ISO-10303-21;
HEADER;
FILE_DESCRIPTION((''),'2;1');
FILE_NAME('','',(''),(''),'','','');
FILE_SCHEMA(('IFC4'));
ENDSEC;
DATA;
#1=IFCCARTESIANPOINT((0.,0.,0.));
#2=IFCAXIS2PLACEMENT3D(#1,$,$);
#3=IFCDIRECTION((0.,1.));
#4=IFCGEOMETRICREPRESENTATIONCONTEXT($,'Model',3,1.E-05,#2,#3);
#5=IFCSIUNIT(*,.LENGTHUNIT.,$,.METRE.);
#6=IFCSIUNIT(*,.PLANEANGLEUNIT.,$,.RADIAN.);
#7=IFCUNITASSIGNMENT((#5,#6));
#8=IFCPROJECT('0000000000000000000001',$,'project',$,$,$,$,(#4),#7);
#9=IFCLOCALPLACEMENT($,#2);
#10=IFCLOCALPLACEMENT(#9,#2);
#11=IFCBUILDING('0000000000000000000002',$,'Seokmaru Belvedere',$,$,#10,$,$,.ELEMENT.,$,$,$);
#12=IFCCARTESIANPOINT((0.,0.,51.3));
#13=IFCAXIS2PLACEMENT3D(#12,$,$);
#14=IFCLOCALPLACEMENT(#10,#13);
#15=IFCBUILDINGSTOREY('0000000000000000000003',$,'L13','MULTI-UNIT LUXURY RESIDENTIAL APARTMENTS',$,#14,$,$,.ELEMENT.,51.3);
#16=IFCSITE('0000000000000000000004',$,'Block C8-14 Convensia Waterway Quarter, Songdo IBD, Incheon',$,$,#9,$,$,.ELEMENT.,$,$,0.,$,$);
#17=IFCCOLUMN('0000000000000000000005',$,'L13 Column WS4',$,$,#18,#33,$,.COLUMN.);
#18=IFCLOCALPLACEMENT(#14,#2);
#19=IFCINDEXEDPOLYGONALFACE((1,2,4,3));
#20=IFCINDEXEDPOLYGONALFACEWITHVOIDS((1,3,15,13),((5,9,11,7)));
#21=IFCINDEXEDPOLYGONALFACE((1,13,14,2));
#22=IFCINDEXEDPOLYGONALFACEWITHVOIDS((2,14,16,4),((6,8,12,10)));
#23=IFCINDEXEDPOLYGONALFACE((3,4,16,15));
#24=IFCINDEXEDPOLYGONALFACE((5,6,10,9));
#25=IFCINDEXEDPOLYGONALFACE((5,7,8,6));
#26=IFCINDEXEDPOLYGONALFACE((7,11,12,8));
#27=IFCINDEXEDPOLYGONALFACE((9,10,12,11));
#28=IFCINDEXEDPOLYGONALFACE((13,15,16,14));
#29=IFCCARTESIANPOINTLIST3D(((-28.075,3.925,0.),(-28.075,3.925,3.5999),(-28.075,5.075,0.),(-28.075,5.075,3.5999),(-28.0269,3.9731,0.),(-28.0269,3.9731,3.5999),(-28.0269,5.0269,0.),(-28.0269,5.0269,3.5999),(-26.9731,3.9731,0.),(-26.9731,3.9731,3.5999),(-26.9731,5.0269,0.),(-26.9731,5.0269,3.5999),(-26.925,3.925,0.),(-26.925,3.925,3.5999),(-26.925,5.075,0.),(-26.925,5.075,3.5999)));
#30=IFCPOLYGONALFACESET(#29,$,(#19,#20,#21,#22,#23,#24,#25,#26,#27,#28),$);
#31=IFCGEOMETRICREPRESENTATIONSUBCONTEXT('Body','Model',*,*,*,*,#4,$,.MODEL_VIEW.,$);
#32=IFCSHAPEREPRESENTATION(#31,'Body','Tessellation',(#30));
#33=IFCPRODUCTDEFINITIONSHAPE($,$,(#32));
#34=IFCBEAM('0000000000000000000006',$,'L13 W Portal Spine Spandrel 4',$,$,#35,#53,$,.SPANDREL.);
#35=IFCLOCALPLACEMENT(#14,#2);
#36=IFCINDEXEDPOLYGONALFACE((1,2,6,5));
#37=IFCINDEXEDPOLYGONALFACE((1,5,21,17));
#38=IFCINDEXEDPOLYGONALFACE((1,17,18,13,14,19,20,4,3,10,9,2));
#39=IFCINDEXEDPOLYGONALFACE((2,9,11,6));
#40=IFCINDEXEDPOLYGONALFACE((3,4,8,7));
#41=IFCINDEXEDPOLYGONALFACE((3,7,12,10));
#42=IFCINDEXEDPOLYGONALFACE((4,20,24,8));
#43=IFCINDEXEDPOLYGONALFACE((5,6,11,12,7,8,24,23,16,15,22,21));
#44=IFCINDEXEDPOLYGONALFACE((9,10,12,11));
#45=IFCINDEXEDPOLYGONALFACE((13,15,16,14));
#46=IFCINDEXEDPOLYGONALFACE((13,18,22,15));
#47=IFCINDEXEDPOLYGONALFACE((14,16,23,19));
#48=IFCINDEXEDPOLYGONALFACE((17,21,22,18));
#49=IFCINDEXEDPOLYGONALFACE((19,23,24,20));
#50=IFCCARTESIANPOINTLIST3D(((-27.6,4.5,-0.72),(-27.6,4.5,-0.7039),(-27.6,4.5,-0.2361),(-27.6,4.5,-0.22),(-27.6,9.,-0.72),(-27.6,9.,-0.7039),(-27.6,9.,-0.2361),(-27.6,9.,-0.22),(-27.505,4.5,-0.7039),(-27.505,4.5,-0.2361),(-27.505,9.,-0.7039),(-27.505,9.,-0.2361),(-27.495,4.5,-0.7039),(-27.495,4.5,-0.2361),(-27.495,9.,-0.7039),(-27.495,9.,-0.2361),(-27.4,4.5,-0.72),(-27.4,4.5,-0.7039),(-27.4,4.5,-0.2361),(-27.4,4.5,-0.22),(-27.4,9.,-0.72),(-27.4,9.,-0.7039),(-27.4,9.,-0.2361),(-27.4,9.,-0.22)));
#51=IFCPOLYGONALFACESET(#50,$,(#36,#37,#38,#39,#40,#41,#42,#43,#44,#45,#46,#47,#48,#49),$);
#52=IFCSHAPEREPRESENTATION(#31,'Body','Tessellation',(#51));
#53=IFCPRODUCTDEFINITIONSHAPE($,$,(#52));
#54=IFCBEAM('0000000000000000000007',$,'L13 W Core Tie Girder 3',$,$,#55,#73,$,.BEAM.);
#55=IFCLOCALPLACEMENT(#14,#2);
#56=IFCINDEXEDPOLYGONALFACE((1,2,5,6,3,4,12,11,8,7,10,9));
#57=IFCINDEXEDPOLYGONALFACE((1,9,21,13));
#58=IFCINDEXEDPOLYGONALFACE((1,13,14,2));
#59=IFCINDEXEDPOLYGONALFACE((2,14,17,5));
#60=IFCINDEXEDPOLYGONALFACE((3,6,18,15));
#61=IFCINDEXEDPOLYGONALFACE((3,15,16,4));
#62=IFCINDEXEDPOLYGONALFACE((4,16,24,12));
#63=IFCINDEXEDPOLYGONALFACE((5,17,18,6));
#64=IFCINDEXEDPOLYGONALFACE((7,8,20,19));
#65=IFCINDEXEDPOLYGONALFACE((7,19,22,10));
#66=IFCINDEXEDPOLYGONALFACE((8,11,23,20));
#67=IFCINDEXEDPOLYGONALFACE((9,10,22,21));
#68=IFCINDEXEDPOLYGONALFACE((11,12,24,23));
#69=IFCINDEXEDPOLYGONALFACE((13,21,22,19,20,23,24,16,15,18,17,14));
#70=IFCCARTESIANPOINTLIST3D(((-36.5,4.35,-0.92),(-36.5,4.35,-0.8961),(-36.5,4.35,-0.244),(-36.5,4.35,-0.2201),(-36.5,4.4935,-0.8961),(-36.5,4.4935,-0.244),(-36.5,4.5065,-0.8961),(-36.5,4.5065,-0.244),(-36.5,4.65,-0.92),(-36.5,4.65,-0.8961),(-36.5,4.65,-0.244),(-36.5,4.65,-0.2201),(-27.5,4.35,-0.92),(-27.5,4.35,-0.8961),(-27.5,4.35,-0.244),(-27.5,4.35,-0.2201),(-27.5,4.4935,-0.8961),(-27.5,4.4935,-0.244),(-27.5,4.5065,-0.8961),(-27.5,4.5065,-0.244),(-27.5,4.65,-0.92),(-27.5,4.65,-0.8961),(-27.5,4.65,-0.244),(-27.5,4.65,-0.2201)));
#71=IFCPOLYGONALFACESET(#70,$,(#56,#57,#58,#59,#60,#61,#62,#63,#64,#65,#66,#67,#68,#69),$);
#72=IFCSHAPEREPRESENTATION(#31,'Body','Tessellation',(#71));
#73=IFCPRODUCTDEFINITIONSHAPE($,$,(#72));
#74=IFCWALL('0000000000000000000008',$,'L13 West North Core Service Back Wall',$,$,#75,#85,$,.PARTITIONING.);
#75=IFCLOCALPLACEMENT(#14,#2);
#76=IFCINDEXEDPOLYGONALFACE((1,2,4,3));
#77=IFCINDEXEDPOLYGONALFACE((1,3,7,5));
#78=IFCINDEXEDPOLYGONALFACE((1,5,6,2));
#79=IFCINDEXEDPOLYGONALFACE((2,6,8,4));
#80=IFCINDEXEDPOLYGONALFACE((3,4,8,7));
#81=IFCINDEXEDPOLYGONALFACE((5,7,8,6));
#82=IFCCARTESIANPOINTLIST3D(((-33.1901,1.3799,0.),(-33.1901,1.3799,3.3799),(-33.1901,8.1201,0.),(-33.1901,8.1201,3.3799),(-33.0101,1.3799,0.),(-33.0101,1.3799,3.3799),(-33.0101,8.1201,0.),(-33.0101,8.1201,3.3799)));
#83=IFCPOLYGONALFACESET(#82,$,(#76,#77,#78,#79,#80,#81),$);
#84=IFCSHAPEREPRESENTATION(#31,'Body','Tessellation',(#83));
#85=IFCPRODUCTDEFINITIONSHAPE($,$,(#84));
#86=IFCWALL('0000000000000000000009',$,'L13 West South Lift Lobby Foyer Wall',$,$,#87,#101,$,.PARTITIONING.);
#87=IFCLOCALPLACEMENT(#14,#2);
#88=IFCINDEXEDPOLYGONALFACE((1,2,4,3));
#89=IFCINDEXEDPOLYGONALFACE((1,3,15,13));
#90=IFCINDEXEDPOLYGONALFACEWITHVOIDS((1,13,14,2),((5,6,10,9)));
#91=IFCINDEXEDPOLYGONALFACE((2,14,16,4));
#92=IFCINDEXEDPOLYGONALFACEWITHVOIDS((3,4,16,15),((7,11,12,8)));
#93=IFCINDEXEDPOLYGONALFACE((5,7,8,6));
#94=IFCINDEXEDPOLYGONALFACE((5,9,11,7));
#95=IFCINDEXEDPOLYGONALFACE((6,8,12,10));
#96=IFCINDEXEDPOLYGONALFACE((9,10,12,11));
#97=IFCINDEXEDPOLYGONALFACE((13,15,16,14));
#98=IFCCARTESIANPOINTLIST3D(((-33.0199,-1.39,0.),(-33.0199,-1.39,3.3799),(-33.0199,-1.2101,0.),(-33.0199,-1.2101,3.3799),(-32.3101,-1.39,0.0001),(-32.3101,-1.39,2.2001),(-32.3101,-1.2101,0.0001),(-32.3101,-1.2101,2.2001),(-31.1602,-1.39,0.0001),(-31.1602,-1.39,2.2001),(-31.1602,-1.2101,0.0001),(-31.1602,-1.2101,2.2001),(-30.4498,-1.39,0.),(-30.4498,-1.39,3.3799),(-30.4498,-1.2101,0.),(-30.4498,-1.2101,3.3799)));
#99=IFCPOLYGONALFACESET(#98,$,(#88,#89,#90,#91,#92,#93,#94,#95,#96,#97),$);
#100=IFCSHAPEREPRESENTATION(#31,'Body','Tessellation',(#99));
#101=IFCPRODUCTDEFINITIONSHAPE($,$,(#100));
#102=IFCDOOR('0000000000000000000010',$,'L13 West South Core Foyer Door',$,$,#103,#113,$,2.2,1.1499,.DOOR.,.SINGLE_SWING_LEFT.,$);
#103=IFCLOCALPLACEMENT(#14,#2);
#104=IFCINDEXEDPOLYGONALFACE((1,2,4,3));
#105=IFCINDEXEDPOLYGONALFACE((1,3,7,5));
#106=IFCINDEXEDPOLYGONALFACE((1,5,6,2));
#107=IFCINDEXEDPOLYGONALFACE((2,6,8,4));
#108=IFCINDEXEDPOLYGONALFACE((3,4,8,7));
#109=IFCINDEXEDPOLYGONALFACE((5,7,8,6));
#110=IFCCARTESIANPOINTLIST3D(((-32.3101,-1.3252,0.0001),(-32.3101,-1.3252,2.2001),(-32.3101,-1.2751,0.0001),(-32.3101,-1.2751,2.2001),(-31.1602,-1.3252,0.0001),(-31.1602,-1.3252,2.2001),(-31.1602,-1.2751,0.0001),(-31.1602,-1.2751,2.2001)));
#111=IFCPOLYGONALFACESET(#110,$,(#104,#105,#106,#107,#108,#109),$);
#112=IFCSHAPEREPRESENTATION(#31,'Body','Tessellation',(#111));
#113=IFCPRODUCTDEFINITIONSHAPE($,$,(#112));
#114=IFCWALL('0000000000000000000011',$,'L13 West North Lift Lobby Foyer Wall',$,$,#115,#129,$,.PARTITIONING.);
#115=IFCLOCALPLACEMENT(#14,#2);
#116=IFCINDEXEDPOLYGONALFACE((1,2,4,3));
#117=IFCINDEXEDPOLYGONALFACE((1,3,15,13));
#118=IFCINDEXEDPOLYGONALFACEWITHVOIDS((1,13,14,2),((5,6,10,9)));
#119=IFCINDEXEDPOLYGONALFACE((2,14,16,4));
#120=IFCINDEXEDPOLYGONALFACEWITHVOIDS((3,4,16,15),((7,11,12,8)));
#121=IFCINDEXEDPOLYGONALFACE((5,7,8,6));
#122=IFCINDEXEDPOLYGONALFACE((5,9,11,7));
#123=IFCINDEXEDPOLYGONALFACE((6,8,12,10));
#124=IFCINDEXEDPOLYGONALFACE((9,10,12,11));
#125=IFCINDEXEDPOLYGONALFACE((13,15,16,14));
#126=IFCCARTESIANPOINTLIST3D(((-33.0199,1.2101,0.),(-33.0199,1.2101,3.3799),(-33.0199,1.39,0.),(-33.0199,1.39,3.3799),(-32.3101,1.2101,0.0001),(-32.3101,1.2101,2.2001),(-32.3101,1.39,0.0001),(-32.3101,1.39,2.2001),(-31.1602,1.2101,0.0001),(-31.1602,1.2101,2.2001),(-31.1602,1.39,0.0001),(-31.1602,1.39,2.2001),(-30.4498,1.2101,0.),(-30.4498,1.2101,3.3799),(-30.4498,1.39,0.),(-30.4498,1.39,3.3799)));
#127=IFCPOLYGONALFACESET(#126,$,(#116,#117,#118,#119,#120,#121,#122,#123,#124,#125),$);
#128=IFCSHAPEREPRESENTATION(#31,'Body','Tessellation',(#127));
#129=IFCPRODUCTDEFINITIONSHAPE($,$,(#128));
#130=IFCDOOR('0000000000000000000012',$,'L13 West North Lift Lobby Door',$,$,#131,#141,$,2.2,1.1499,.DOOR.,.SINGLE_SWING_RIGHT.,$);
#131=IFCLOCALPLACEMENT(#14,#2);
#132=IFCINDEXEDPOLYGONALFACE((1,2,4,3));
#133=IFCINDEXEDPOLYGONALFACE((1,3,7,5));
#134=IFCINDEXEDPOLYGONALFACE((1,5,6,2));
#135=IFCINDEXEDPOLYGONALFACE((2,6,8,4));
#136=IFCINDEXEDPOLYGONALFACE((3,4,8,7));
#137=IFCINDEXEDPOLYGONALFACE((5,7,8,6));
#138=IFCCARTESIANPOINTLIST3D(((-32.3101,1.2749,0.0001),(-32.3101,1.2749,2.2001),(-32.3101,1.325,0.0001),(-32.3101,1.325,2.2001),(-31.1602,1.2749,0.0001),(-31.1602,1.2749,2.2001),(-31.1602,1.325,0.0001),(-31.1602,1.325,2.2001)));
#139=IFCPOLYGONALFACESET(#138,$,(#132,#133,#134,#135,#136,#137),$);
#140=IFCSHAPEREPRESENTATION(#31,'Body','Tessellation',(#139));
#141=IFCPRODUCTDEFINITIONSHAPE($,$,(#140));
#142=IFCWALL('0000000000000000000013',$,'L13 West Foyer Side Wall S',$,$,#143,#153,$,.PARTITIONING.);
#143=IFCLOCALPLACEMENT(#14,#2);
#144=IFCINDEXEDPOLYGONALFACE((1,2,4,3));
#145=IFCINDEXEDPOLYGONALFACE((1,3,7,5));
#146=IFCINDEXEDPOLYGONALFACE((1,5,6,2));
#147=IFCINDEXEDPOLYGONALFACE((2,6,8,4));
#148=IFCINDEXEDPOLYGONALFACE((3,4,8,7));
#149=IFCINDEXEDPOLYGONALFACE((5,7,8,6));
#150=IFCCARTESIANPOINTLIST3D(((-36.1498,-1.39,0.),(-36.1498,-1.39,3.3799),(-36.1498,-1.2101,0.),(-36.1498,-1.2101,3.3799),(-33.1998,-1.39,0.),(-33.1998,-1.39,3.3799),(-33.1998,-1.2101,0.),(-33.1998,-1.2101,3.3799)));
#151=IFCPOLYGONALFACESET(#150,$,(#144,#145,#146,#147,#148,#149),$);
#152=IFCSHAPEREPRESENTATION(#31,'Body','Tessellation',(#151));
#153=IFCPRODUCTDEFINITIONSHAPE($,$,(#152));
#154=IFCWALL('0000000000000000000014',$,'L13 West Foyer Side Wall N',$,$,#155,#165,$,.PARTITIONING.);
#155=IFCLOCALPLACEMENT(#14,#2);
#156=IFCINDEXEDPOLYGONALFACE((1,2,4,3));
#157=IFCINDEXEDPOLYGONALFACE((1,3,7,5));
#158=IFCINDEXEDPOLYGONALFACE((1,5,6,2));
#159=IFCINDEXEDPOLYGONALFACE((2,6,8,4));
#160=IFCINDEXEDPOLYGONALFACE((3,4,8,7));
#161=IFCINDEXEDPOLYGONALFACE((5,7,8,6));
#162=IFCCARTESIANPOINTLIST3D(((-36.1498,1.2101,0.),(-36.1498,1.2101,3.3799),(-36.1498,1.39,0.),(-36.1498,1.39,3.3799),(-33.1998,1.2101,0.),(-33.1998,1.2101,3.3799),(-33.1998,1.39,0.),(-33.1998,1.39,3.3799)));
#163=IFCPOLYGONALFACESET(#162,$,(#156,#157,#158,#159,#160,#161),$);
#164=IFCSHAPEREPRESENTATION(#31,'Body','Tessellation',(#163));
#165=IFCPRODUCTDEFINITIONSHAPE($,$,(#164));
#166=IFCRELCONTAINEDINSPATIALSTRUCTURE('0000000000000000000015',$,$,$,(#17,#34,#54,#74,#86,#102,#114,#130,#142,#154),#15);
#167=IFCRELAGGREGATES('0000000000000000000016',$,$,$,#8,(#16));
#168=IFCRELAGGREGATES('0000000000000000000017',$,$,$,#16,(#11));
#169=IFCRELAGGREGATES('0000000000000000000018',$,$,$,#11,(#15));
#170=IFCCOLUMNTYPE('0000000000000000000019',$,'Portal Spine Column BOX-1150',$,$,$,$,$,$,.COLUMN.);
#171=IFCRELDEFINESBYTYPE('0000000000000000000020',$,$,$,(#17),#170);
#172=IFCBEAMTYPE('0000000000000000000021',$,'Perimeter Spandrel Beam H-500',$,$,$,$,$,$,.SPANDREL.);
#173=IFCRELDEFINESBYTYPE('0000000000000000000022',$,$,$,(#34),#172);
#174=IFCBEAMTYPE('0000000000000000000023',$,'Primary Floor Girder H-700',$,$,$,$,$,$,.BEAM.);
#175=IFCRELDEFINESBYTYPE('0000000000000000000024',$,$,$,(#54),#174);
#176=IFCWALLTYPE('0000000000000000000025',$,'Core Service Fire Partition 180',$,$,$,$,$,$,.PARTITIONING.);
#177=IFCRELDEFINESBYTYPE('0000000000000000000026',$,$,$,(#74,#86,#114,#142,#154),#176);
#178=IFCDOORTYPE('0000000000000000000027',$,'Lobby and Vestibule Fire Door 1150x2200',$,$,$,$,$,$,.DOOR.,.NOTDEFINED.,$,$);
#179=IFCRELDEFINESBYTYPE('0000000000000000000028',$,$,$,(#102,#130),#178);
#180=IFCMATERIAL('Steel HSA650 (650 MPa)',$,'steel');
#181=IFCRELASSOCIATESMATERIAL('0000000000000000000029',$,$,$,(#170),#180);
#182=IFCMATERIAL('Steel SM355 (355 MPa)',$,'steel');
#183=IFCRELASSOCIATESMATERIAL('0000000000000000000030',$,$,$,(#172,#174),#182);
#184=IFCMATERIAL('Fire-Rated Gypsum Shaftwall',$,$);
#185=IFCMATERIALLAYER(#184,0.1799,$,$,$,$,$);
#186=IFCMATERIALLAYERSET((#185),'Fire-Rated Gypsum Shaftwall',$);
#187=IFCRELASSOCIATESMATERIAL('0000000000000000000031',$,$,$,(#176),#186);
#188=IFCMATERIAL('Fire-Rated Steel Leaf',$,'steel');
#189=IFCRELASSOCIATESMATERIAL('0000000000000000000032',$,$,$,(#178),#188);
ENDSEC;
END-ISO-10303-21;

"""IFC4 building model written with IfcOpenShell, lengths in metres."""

from ifc_helpers import new_model, si_unit, direction, frame, frame_2d, origin, origin_2d, place, context, subcontext, project, spatial, rectangle, hollow_rectangle, i_section, extrude, source, transform, mapped, material, layer, layer_set, material_profile, profile_set, type_object, type_shapes, element, fill, save


model = new_model("IFC4")

# Units and contexts
model_context = context("Model", 3, precision=1e-05, world=origin(), true_north=direction((0.0, 1.0)))
body_context = subcontext(model_context, "Body", "Model", "MODEL_VIEW")
ifc_project = project(units=[si_unit("LENGTHUNIT", "METRE"), si_unit("PLANEANGLEUNIT", "RADIAN")], contexts=[model_context])

# Site, building, storey
site_placement = place(None, origin())
site = spatial("IfcSite", under=ifc_project, at=site_placement, Name="Block C8-14 Convensia Waterway Quarter, Songdo IBD, Incheon", CompositionType="ELEMENT", RefElevation=0.0)
building_placement = place(site_placement, origin())
building = spatial("IfcBuilding", under=site, at=building_placement, Name="Seokmaru Belvedere", CompositionType="ELEMENT")
storey_placement = place(building_placement, frame((0.0, 0.0, 51.3)))
storey = spatial("IfcBuildingStorey", under=building, at=storey_placement, Name="L13", Description="MULTI-UNIT LUXURY RESIDENTIAL APARTMENTS", CompositionType="ELEMENT", Elevation=51.3)

# Column
ifc_material_1 = material(Name="Steel HSA650 (650 MPa)", Category="steel")
ifc_material_profile_1 = material_profile(ifc_material_1, hollow_rectangle(XDim=1.1499, YDim=1.1499, WallThickness=0.0481, at=origin_2d()), Name="BOX-1150x1150x48")
ifc_profile_set_1 = profile_set([ifc_material_profile_1], Name="Steel HSA650 (650 MPa)")
column_type = type_object("IfcColumnType", Name="Portal Spine Column BOX-1150", PredefinedType="COLUMN", material=ifc_profile_set_1)
shared_shape_1 = source(origin(), body_context, "Body", "SweptSolid", [
    extrude(hollow_rectangle(XDim=1.1499, YDim=1.1499, WallThickness=0.0481, at=origin_2d()), origin(), (0.0, 0.0, 1.0), 3.5999),
])
type_shapes(column_type, [shared_shape_1])
column_placement = place(storey_placement, frame((-27.5, 4.5, 0.0), z_axis=(0.0, 0.0, 1.0), x_axis=(1.0, 0.0, 0.0)))
element("IfcColumn", 1, at=column_placement, inside=storey, type_object=column_type, Name="L13 Column WS4", PredefinedType="COLUMN", context=body_context, shape_type="MappedRepresentation", body=[
    mapped(shared_shape_1, transform((0.0, 0.0, 0.0), scale=1.0)),
])

# Beams
ifc_material_2 = material(Name="Steel SM355 (355 MPa)", Category="steel")
ifc_material_profile_2 = material_profile(ifc_material_2, i_section(OverallWidth=0.2, OverallDepth=0.5, WebThickness=0.01, FlangeThickness=0.0161, at=origin_2d()), Name="H-500x200x10x16")
ifc_profile_set_2 = profile_set([ifc_material_profile_2], Name="Steel SM355 (355 MPa)")
beam_type_1 = type_object("IfcBeamType", Name="Perimeter Spandrel Beam H-500", PredefinedType="SPANDREL", material=ifc_profile_set_2)
shared_shape_2 = source(origin(), body_context, "Body", "SweptSolid", [
    extrude(i_section(OverallWidth=0.2, OverallDepth=0.5, WebThickness=0.01, FlangeThickness=0.0161, at=origin_2d()), origin(), (0.0, 0.0, 1.0), 4.5),
])
type_shapes(beam_type_1, [shared_shape_2])
beam_1_placement = place(storey_placement, frame((-27.5, 4.5, -0.47), z_axis=(0.0, 1.0, 0.0), x_axis=(-1.0, 0.0, 0.0)))
element("IfcBeam", 2, at=beam_1_placement, inside=storey, type_object=beam_type_1, Name="L13 W Portal Spine Spandrel 4", PredefinedType="SPANDREL", context=body_context, shape_type="MappedRepresentation", body=[
    mapped(shared_shape_2, transform((0.0, 0.0, 0.0), scale=1.0)),
])
ifc_material_profile_3 = material_profile(ifc_material_2, i_section(OverallWidth=0.3, OverallDepth=0.7, WebThickness=0.0129, FlangeThickness=0.0239, at=origin_2d()), Name="H-700x300x13x24")
ifc_profile_set_3 = profile_set([ifc_material_profile_3], Name="Steel SM355 (355 MPa)")
beam_type_2 = type_object("IfcBeamType", Name="Primary Floor Girder H-700", PredefinedType="BEAM", material=ifc_profile_set_3)
shared_shape_3 = source(origin(), body_context, "Body", "SweptSolid", [
    extrude(i_section(OverallWidth=0.3, OverallDepth=0.7, WebThickness=0.0129, FlangeThickness=0.0239, at=origin_2d()), origin(), (0.0, 0.0, 1.0), 9.0),
])
type_shapes(beam_type_2, [shared_shape_3])
beam_2_placement = place(storey_placement, frame((-36.5, 4.5, -0.5701), z_axis=(1.0, 0.0, 0.0), x_axis=(0.0, 1.0, 0.0)))
element("IfcBeam", 3, at=beam_2_placement, inside=storey, type_object=beam_type_2, Name="L13 W Core Tie Girder 3", PredefinedType="BEAM", context=body_context, shape_type="MappedRepresentation", body=[
    mapped(shared_shape_3, transform((0.0, 0.0, 0.0), scale=1.0)),
])

# Wall
ifc_material_3 = material(Name="Fire-Rated Gypsum Shaftwall")
ifc_layer_1 = layer(ifc_material_3, 0.1799)
ifc_layer_set_1 = layer_set([ifc_layer_1], Name="Fire-Rated Gypsum Shaftwall")
wall_type_1 = type_object("IfcWallType", Name="Core Service Fire Partition 180", PredefinedType="PARTITIONING", material=ifc_layer_set_1)
wall_1_placement = place(storey_placement, frame((-33.1001, 1.3799, 0.0), z_axis=(0.0, 0.0, 1.0), x_axis=(0.0, 1.0, 0.0)))
element("IfcWall", 4, at=wall_1_placement, inside=storey, type_object=wall_type_1, Name="L13 West North Core Service Back Wall", PredefinedType="PARTITIONING", context=body_context, shape_type="SweptSolid", body=[
    extrude(rectangle(XDim=6.7402, YDim=0.1799, at=frame_2d((3.3701, 0.0))), origin(), (0.0, 0.0, 1.0), 3.3799),
])

# Walls, openings, doors
wall_2_placement = place(storey_placement, frame((-33.02, -1.3, 0.0), z_axis=(0.0, 0.0, 1.0), x_axis=(1.0, 0.0, 0.0)))
wall_2 = element("IfcWall", 5, at=wall_2_placement, inside=storey, type_object=wall_type_1, Name="L13 West South Lift Lobby Foyer Wall", PredefinedType="PARTITIONING", context=body_context, shape_type="SweptSolid", body=[
    extrude(rectangle(XDim=2.5701, YDim=0.1799, at=frame_2d((1.2852, 0.0))), origin(), (0.0, 0.0, 1.0), 3.3799),
])
opening_1_placement = place(wall_2_placement, frame((0.71, 0.0, 0.0)))
opening_1 = element("IfcOpeningElement", 6, at=opening_1_placement, cuts=wall_2, PredefinedType="OPENING", context=body_context, shape_type="SweptSolid", body=[
    extrude(rectangle(XDim=1.1499, YDim=2.2, at=frame_2d((0.575, 1.1001))), frame((0.0, 0.1001, 0.0), z_axis=(0.0, -1.0, 0.0), x_axis=(1.0, 0.0, 0.0)), (0.0, 0.0, 1.0), 0.2),
])
ifc_material_4 = material(Name="Fire-Rated Steel Leaf", Category="steel")
door_type_1 = type_object("IfcDoorType", Name="Lobby and Vestibule Fire Door 1150x2200", OperationType="NOTDEFINED", PredefinedType="DOOR", material=ifc_material_4)
shared_shape_4 = source(origin(), body_context, "Body", "SweptSolid", [
    extrude(rectangle(XDim=1.1499, YDim=2.2, at=frame_2d((0.575, 1.1001))), frame((0.0, 0.0249, 0.0), z_axis=(0.0, -1.0, 0.0), x_axis=(1.0, 0.0, 0.0)), (0.0, 0.0, 1.0), 0.05),
])
type_shapes(door_type_1, [shared_shape_4])
door_1_placement = place(opening_1_placement, origin())
door_1 = element("IfcDoor", 7, at=door_1_placement, inside=storey, type_object=door_type_1, Name="L13 West South Core Foyer Door", OperationType="SINGLE_SWING_LEFT", OverallHeight=2.2, OverallWidth=1.1499, PredefinedType="DOOR", context=body_context, shape_type="MappedRepresentation", body=[
    mapped(shared_shape_4, transform((0.0, 0.0, 0.0), scale=1.0)),
])
fill(opening_1, door_1)
wall_3_placement = place(storey_placement, frame((-33.02, 1.3, 0.0), z_axis=(0.0, 0.0, 1.0), x_axis=(1.0, 0.0, 0.0)))
wall_3 = element("IfcWall", 8, at=wall_3_placement, inside=storey, type_object=wall_type_1, Name="L13 West North Lift Lobby Foyer Wall", PredefinedType="PARTITIONING", context=body_context, shape_type="SweptSolid", body=[
    extrude(rectangle(XDim=2.5701, YDim=0.1799, at=frame_2d((1.2852, 0.0))), origin(), (0.0, 0.0, 1.0), 3.3799),
])
opening_2_placement = place(wall_3_placement, frame((0.71, 0.0, 0.0)))
opening_2 = element("IfcOpeningElement", 9, at=opening_2_placement, cuts=wall_3, PredefinedType="OPENING", context=body_context, shape_type="SweptSolid", body=[
    extrude(rectangle(XDim=1.1499, YDim=2.2, at=frame_2d((0.575, 1.1001))), frame((0.0, 0.1001, 0.0), z_axis=(0.0, -1.0, 0.0), x_axis=(1.0, 0.0, 0.0)), (0.0, 0.0, 1.0), 0.2),
])
door_2_placement = place(opening_2_placement, origin())
door_2 = element("IfcDoor", 10, at=door_2_placement, inside=storey, type_object=door_type_1, Name="L13 West North Lift Lobby Door", OperationType="SINGLE_SWING_RIGHT", OverallHeight=2.2, OverallWidth=1.1499, PredefinedType="DOOR", context=body_context, shape_type="MappedRepresentation", body=[
    mapped(shared_shape_4, transform((0.0, 0.0, 0.0), scale=1.0)),
])
fill(opening_2, door_2)

# Walls
for number, where, z_axis, x_axis, name in (
    (11, (-36.1499, -1.3, 0.0), (0.0, 0.0, 1.0), (1.0, 0.0, 0.0), "L13 West Foyer Side Wall S"),
    (12, (-36.1499, 1.3, 0.0), (0.0, 0.0, 1.0), (1.0, 0.0, 0.0), "L13 West Foyer Side Wall N"),
):
    element("IfcWall", number, at=place(storey_placement, frame(where, z_axis=z_axis, x_axis=x_axis)), inside=storey, type_object=wall_type_1, Name=name, PredefinedType="PARTITIONING", context=body_context, shape_type="SweptSolid", body=[
        extrude(rectangle(XDim=2.95, YDim=0.1799, at=frame_2d((1.4751, 0.0))), origin(), (0.0, 0.0, 1.0), 3.3799),
    ])

save(model, "model.ifc")
